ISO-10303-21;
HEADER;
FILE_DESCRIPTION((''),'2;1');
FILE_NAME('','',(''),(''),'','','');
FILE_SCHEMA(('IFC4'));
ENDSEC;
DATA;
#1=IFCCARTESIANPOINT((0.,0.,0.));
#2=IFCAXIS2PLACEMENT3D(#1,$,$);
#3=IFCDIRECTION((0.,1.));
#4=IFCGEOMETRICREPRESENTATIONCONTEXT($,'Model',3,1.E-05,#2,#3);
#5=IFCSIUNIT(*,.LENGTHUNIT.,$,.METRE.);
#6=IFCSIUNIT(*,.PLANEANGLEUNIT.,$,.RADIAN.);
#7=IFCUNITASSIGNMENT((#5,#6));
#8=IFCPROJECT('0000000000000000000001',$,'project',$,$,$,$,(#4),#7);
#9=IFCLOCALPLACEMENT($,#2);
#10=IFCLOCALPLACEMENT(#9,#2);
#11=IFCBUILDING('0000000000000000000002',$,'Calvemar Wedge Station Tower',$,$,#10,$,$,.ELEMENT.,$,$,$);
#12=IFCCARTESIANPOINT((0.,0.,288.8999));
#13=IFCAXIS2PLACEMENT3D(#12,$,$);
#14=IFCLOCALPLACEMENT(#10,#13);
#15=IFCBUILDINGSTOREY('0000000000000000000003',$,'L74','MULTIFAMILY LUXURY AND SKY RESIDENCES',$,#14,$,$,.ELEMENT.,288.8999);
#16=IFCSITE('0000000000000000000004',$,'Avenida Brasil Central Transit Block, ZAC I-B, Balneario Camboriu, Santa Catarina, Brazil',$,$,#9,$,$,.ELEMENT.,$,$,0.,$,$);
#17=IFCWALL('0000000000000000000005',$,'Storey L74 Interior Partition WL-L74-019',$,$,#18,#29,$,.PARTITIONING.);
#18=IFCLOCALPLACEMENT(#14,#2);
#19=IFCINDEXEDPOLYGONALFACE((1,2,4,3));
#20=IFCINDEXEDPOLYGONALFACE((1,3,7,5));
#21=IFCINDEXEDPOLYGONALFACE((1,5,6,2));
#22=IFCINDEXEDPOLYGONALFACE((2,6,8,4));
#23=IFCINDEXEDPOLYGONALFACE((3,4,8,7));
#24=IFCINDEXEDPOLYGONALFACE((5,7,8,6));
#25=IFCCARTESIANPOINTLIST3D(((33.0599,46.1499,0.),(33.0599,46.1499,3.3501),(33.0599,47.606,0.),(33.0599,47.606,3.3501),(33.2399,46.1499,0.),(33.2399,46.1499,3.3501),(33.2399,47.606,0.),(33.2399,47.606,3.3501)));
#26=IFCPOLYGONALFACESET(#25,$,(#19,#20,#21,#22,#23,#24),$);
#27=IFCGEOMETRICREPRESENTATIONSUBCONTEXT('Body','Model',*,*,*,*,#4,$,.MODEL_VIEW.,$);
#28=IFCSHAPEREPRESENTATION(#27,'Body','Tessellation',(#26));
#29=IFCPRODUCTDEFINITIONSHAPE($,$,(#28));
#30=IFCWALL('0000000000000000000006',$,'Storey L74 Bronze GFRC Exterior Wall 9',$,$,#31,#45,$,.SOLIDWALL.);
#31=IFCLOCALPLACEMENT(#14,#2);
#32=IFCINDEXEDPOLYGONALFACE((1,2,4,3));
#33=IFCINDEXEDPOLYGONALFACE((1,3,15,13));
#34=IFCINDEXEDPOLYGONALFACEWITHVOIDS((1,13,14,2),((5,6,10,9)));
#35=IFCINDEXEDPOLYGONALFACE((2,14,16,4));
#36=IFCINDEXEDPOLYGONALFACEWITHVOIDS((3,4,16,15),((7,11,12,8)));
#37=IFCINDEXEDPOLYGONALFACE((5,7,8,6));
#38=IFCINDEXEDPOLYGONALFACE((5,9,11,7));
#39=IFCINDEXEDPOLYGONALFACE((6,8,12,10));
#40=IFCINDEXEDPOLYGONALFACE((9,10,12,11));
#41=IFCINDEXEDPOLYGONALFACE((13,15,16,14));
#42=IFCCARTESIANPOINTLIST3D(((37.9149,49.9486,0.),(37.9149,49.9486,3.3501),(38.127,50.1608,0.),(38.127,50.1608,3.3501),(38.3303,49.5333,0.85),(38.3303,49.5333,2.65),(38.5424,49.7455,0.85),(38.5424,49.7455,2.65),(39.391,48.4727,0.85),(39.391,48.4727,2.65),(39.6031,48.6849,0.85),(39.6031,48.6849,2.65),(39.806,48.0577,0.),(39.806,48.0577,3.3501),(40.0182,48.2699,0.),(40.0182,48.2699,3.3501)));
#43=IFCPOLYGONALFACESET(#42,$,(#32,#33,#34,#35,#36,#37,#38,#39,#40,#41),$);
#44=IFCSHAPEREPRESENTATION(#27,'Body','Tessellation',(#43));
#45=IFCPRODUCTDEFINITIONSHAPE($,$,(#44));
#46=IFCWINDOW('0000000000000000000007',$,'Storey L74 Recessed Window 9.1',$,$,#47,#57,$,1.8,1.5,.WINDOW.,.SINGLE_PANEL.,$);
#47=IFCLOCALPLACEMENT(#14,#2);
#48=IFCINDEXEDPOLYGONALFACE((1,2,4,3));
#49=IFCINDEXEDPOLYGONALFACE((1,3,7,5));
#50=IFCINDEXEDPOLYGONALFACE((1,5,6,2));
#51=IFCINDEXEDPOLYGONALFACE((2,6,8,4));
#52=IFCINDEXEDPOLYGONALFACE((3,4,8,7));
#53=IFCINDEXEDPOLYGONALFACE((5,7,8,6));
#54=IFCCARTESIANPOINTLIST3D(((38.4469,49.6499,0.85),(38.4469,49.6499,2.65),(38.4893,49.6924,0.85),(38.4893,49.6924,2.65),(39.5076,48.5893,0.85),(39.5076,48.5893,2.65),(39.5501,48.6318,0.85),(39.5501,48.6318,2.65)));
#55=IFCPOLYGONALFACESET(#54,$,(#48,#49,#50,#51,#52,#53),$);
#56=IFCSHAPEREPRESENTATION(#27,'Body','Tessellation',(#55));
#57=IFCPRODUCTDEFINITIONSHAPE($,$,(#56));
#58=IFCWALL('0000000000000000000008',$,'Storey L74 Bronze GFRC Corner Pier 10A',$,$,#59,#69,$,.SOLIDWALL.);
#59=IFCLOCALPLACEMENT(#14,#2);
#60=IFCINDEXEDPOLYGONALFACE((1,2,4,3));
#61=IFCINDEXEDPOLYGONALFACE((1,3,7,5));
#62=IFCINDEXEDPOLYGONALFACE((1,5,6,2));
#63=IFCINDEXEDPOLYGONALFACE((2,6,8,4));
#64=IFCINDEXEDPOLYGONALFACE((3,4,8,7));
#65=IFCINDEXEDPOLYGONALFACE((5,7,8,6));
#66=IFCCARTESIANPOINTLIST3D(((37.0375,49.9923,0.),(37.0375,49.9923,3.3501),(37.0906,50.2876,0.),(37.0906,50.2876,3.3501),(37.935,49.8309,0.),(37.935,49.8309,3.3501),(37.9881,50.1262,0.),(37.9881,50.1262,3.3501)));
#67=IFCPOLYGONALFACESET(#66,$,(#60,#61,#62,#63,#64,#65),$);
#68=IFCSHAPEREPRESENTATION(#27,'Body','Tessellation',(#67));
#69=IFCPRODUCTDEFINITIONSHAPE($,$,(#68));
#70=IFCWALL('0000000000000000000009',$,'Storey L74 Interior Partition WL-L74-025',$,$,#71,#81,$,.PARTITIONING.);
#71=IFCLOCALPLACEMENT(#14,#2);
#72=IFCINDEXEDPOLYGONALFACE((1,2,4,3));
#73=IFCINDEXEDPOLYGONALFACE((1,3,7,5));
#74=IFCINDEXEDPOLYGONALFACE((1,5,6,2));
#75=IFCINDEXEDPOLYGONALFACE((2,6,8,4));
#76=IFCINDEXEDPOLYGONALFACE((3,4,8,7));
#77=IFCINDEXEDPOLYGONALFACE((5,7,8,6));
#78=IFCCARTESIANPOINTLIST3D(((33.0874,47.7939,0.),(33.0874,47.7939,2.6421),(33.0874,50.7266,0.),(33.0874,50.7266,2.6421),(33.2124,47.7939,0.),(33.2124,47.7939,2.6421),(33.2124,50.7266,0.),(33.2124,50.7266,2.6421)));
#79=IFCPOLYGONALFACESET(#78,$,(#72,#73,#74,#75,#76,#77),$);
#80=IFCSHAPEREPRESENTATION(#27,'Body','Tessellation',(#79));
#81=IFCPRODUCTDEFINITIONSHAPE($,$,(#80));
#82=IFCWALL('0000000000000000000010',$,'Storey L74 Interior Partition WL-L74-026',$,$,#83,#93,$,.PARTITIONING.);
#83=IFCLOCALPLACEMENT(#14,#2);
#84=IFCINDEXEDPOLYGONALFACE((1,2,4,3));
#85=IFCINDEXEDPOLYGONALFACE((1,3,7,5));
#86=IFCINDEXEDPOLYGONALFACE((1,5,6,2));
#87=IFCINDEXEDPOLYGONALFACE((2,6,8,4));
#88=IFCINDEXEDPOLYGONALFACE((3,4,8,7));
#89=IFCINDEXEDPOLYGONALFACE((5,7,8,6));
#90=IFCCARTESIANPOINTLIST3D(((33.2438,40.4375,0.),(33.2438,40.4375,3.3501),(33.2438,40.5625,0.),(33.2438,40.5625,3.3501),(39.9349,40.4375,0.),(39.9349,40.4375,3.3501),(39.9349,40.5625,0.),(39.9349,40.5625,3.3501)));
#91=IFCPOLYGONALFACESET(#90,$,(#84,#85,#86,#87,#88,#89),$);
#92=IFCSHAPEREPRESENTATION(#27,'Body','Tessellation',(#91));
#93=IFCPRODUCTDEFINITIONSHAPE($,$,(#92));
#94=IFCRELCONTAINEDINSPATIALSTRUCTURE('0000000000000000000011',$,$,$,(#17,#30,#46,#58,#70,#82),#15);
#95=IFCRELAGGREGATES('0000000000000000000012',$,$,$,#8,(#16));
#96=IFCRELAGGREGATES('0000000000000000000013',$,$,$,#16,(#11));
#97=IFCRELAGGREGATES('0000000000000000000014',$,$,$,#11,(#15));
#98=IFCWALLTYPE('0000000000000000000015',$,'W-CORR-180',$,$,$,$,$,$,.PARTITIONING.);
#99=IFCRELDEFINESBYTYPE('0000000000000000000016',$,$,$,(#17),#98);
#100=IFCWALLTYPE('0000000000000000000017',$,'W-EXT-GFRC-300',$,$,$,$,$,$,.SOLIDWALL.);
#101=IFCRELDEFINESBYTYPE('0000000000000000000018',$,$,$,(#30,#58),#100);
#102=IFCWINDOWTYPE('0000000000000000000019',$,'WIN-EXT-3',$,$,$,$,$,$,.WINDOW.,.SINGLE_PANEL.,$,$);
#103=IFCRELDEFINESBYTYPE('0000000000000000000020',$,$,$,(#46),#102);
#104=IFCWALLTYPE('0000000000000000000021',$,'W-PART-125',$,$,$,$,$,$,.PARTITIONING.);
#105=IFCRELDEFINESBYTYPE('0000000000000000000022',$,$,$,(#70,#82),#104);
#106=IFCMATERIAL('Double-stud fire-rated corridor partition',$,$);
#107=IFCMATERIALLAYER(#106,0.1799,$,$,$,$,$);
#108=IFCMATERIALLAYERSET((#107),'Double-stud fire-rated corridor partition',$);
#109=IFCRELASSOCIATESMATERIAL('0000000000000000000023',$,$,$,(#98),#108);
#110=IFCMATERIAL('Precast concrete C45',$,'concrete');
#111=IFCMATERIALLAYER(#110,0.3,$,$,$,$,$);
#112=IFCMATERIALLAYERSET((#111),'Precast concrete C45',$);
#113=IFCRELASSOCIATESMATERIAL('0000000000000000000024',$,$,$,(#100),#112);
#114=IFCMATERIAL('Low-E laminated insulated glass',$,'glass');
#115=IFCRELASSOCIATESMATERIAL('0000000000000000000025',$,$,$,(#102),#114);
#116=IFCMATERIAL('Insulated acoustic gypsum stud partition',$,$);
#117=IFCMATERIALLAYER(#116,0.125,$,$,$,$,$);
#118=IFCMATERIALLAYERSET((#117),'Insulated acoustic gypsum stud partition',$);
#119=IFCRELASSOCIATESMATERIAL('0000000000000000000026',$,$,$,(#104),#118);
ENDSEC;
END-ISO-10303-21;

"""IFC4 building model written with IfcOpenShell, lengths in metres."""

from ifc_helpers import new_model, si_unit, direction, frame, frame_2d, origin, place, context, subcontext, project, spatial, rectangle, extrude, source, transform, mapped, material, layer, layer_set, type_object, element, fill, save


model = new_model("IFC4")

# Units and contexts
model_context = context("Model", 3, precision=1e-05, world=origin(), true_north=direction((0.0, 1.0)))
body_context = subcontext(model_context, "Body", "Model", "MODEL_VIEW")
ifc_project = project(units=[si_unit("LENGTHUNIT", "METRE"), si_unit("PLANEANGLEUNIT", "RADIAN")], contexts=[model_context])

# Site, building, storey
site_placement = place(None, origin())
site = spatial("IfcSite", under=ifc_project, at=site_placement, Name="Avenida Brasil Central Transit Block, ZAC I-B, Balneario Camboriu, Santa Catarina, Brazil", CompositionType="ELEMENT", RefElevation=0.0)
building_placement = place(site_placement, origin())
building = spatial("IfcBuilding", under=site, at=building_placement, Name="Calvemar Wedge Station Tower", CompositionType="ELEMENT")
storey_placement = place(building_placement, frame((0.0, 0.0, 288.8999)))
storey = spatial("IfcBuildingStorey", under=building, at=storey_placement, Name="L74", Description="MULTIFAMILY LUXURY AND SKY RESIDENCES", CompositionType="ELEMENT", Elevation=288.8999)

# Shared definitions
ifc_material_1 = material(Name="Low-E laminated insulated glass", Category="glass")

# Wall
ifc_material_2 = material(Name="Double-stud fire-rated corridor partition")
ifc_layer_1 = layer(ifc_material_2, 0.1799)
ifc_layer_set_1 = layer_set([ifc_layer_1], Name="Double-stud fire-rated corridor partition")
wall_type_1 = type_object("IfcWallType", Name="W-CORR-180", PredefinedType="PARTITIONING", material=ifc_layer_set_1)
wall_1_placement = place(storey_placement, frame((33.1499, 47.606, 0.0), z_axis=(0.0, 0.0, 1.0), x_axis=(0.0, -1.0, 0.0)))
element("IfcWall", 1, at=wall_1_placement, inside=storey, type_object=wall_type_1, Name="Storey L74 Interior Partition WL-L74-019", PredefinedType="PARTITIONING", context=body_context, shape_type="SweptSolid", body=[
    extrude(rectangle(XDim=1.4561, YDim=0.1799, at=frame_2d((0.728, 0.0))), origin(), (0.0, 0.0, 1.0), 3.3501),
])

# Wall, opening, window
ifc_material_3 = material(Name="Precast concrete C45", Category="concrete")
ifc_layer_2 = layer(ifc_material_3, 0.3)
ifc_layer_set_2 = layer_set([ifc_layer_2], Name="Precast concrete C45")
wall_type_2 = type_object("IfcWallType", Name="W-EXT-GFRC-300", PredefinedType="SOLIDWALL", material=ifc_layer_set_2)
wall_2_placement = place(storey_placement, frame((39.9121, 48.1638, 0.0), z_axis=(0.0, 0.0, 1.0), x_axis=(-0.707152, 0.707061, 0.0)))
wall_2 = element("IfcWall", 2, at=wall_2_placement, inside=storey, type_object=wall_type_2, Name="Storey L74 Bronze GFRC Exterior Wall 9", PredefinedType="SOLIDWALL", context=body_context, shape_type="SweptSolid", body=[
    extrude(rectangle(XDim=2.6743, YDim=0.3, at=frame_2d((1.3372, 0.0))), origin(), (0.0, 0.0, 1.0), 3.3501),
])
shared_shape_1 = source(origin(), body_context, "Body", "SweptSolid", [
    extrude(rectangle(XDim=1.5, YDim=1.8, at=frame_2d((0.75, 0.8999))), frame((0.0, 0.1602, 0.0), z_axis=(0.0, -1.0, 0.0), x_axis=(1.0, 0.0, 0.0)), (0.0, 0.0, 1.0), 0.3201),
])
opening_1_placement = place(wall_2_placement, frame((0.5869, 0.0, 0.8501)))
opening_1 = element("IfcOpeningElement", 3, at=opening_1_placement, cuts=wall_2, PredefinedType="OPENING", context=body_context, shape_type="MappedRepresentation", body=[
    mapped(shared_shape_1, transform((0.0, 0.0, 0.0), scale=1.0)),
])
window_type = type_object("IfcWindowType", Name="WIN-EXT-3", PartitioningType="SINGLE_PANEL", PredefinedType="WINDOW", material=ifc_material_1)
shared_shape_2 = source(origin(), body_context, "Body", "SweptSolid", [
    extrude(rectangle(XDim=1.5, YDim=1.8, at=frame_2d((0.75, 0.8999))), frame((0.0, -0.0149, 0.0), z_axis=(0.0, -1.0, 0.0), x_axis=(1.0, 0.0, 0.0)), (0.0, 0.0, 1.0), 0.0601),
])
window_placement = place(opening_1_placement, origin())
window = element("IfcWindow", 4, at=window_placement, inside=storey, type_object=window_type, Name="Storey L74 Recessed Window 9.1", OverallHeight=1.8, OverallWidth=1.5, PartitioningType="SINGLE_PANEL", PredefinedType="WINDOW", context=body_context, shape_type="MappedRepresentation", body=[
    mapped(shared_shape_2, transform((0.0, 0.0, 0.0), scale=1.0)),
])
fill(opening_1, window)

# Walls
wall_3_placement = place(storey_placement, frame((37.9617, 49.9785, 0.0), z_axis=(0.0, 0.0, 1.0), x_axis=(-0.984215, 0.176977, 0.0)))
element("IfcWall", 5, at=wall_3_placement, inside=storey, type_object=wall_type_2, Name="Storey L74 Bronze GFRC Corner Pier 10A", PredefinedType="SOLIDWALL", context=body_context, shape_type="SweptSolid", body=[
    extrude(rectangle(XDim=0.9119, YDim=0.3, at=frame_2d((0.4561, 0.0))), origin(), (0.0, 0.0, 1.0), 3.3501),
])
ifc_material_4 = material(Name="Insulated acoustic gypsum stud partition")
ifc_layer_3 = layer(ifc_material_4, 0.125)
ifc_layer_set_3 = layer_set([ifc_layer_3], Name="Insulated acoustic gypsum stud partition")
wall_type_3 = type_object("IfcWallType", Name="W-PART-125", PredefinedType="PARTITIONING", material=ifc_layer_set_3)
wall_4_placement = place(storey_placement, frame((33.1499, 50.7266, 0.0), z_axis=(0.0, 0.0, 1.0), x_axis=(0.0, -1.0, 0.0)))
element("IfcWall", 6, at=wall_4_placement, inside=storey, type_object=wall_type_3, Name="Storey L74 Interior Partition WL-L74-025", PredefinedType="PARTITIONING", context=body_context, shape_type="SweptSolid", body=[
    extrude(rectangle(XDim=2.9326, YDim=0.125, at=frame_2d((1.4663, 0.0))), origin(), (0.0, 0.0, 1.0), 2.6421),
])
wall_5_placement = place(storey_placement, frame((39.9351, 40.5, 0.0), z_axis=(0.0, 0.0, 1.0), x_axis=(-1.0, 0.0, 0.0)))
element("IfcWall", 7, at=wall_5_placement, inside=storey, type_object=wall_type_3, Name="Storey L74 Interior Partition WL-L74-026", PredefinedType="PARTITIONING", context=body_context, shape_type="SweptSolid", body=[
    extrude(rectangle(XDim=6.6912, YDim=0.125, at=frame_2d((3.3457, 0.0))), origin(), (0.0, 0.0, 1.0), 3.3501),
])

save(model, "model.ifc")
